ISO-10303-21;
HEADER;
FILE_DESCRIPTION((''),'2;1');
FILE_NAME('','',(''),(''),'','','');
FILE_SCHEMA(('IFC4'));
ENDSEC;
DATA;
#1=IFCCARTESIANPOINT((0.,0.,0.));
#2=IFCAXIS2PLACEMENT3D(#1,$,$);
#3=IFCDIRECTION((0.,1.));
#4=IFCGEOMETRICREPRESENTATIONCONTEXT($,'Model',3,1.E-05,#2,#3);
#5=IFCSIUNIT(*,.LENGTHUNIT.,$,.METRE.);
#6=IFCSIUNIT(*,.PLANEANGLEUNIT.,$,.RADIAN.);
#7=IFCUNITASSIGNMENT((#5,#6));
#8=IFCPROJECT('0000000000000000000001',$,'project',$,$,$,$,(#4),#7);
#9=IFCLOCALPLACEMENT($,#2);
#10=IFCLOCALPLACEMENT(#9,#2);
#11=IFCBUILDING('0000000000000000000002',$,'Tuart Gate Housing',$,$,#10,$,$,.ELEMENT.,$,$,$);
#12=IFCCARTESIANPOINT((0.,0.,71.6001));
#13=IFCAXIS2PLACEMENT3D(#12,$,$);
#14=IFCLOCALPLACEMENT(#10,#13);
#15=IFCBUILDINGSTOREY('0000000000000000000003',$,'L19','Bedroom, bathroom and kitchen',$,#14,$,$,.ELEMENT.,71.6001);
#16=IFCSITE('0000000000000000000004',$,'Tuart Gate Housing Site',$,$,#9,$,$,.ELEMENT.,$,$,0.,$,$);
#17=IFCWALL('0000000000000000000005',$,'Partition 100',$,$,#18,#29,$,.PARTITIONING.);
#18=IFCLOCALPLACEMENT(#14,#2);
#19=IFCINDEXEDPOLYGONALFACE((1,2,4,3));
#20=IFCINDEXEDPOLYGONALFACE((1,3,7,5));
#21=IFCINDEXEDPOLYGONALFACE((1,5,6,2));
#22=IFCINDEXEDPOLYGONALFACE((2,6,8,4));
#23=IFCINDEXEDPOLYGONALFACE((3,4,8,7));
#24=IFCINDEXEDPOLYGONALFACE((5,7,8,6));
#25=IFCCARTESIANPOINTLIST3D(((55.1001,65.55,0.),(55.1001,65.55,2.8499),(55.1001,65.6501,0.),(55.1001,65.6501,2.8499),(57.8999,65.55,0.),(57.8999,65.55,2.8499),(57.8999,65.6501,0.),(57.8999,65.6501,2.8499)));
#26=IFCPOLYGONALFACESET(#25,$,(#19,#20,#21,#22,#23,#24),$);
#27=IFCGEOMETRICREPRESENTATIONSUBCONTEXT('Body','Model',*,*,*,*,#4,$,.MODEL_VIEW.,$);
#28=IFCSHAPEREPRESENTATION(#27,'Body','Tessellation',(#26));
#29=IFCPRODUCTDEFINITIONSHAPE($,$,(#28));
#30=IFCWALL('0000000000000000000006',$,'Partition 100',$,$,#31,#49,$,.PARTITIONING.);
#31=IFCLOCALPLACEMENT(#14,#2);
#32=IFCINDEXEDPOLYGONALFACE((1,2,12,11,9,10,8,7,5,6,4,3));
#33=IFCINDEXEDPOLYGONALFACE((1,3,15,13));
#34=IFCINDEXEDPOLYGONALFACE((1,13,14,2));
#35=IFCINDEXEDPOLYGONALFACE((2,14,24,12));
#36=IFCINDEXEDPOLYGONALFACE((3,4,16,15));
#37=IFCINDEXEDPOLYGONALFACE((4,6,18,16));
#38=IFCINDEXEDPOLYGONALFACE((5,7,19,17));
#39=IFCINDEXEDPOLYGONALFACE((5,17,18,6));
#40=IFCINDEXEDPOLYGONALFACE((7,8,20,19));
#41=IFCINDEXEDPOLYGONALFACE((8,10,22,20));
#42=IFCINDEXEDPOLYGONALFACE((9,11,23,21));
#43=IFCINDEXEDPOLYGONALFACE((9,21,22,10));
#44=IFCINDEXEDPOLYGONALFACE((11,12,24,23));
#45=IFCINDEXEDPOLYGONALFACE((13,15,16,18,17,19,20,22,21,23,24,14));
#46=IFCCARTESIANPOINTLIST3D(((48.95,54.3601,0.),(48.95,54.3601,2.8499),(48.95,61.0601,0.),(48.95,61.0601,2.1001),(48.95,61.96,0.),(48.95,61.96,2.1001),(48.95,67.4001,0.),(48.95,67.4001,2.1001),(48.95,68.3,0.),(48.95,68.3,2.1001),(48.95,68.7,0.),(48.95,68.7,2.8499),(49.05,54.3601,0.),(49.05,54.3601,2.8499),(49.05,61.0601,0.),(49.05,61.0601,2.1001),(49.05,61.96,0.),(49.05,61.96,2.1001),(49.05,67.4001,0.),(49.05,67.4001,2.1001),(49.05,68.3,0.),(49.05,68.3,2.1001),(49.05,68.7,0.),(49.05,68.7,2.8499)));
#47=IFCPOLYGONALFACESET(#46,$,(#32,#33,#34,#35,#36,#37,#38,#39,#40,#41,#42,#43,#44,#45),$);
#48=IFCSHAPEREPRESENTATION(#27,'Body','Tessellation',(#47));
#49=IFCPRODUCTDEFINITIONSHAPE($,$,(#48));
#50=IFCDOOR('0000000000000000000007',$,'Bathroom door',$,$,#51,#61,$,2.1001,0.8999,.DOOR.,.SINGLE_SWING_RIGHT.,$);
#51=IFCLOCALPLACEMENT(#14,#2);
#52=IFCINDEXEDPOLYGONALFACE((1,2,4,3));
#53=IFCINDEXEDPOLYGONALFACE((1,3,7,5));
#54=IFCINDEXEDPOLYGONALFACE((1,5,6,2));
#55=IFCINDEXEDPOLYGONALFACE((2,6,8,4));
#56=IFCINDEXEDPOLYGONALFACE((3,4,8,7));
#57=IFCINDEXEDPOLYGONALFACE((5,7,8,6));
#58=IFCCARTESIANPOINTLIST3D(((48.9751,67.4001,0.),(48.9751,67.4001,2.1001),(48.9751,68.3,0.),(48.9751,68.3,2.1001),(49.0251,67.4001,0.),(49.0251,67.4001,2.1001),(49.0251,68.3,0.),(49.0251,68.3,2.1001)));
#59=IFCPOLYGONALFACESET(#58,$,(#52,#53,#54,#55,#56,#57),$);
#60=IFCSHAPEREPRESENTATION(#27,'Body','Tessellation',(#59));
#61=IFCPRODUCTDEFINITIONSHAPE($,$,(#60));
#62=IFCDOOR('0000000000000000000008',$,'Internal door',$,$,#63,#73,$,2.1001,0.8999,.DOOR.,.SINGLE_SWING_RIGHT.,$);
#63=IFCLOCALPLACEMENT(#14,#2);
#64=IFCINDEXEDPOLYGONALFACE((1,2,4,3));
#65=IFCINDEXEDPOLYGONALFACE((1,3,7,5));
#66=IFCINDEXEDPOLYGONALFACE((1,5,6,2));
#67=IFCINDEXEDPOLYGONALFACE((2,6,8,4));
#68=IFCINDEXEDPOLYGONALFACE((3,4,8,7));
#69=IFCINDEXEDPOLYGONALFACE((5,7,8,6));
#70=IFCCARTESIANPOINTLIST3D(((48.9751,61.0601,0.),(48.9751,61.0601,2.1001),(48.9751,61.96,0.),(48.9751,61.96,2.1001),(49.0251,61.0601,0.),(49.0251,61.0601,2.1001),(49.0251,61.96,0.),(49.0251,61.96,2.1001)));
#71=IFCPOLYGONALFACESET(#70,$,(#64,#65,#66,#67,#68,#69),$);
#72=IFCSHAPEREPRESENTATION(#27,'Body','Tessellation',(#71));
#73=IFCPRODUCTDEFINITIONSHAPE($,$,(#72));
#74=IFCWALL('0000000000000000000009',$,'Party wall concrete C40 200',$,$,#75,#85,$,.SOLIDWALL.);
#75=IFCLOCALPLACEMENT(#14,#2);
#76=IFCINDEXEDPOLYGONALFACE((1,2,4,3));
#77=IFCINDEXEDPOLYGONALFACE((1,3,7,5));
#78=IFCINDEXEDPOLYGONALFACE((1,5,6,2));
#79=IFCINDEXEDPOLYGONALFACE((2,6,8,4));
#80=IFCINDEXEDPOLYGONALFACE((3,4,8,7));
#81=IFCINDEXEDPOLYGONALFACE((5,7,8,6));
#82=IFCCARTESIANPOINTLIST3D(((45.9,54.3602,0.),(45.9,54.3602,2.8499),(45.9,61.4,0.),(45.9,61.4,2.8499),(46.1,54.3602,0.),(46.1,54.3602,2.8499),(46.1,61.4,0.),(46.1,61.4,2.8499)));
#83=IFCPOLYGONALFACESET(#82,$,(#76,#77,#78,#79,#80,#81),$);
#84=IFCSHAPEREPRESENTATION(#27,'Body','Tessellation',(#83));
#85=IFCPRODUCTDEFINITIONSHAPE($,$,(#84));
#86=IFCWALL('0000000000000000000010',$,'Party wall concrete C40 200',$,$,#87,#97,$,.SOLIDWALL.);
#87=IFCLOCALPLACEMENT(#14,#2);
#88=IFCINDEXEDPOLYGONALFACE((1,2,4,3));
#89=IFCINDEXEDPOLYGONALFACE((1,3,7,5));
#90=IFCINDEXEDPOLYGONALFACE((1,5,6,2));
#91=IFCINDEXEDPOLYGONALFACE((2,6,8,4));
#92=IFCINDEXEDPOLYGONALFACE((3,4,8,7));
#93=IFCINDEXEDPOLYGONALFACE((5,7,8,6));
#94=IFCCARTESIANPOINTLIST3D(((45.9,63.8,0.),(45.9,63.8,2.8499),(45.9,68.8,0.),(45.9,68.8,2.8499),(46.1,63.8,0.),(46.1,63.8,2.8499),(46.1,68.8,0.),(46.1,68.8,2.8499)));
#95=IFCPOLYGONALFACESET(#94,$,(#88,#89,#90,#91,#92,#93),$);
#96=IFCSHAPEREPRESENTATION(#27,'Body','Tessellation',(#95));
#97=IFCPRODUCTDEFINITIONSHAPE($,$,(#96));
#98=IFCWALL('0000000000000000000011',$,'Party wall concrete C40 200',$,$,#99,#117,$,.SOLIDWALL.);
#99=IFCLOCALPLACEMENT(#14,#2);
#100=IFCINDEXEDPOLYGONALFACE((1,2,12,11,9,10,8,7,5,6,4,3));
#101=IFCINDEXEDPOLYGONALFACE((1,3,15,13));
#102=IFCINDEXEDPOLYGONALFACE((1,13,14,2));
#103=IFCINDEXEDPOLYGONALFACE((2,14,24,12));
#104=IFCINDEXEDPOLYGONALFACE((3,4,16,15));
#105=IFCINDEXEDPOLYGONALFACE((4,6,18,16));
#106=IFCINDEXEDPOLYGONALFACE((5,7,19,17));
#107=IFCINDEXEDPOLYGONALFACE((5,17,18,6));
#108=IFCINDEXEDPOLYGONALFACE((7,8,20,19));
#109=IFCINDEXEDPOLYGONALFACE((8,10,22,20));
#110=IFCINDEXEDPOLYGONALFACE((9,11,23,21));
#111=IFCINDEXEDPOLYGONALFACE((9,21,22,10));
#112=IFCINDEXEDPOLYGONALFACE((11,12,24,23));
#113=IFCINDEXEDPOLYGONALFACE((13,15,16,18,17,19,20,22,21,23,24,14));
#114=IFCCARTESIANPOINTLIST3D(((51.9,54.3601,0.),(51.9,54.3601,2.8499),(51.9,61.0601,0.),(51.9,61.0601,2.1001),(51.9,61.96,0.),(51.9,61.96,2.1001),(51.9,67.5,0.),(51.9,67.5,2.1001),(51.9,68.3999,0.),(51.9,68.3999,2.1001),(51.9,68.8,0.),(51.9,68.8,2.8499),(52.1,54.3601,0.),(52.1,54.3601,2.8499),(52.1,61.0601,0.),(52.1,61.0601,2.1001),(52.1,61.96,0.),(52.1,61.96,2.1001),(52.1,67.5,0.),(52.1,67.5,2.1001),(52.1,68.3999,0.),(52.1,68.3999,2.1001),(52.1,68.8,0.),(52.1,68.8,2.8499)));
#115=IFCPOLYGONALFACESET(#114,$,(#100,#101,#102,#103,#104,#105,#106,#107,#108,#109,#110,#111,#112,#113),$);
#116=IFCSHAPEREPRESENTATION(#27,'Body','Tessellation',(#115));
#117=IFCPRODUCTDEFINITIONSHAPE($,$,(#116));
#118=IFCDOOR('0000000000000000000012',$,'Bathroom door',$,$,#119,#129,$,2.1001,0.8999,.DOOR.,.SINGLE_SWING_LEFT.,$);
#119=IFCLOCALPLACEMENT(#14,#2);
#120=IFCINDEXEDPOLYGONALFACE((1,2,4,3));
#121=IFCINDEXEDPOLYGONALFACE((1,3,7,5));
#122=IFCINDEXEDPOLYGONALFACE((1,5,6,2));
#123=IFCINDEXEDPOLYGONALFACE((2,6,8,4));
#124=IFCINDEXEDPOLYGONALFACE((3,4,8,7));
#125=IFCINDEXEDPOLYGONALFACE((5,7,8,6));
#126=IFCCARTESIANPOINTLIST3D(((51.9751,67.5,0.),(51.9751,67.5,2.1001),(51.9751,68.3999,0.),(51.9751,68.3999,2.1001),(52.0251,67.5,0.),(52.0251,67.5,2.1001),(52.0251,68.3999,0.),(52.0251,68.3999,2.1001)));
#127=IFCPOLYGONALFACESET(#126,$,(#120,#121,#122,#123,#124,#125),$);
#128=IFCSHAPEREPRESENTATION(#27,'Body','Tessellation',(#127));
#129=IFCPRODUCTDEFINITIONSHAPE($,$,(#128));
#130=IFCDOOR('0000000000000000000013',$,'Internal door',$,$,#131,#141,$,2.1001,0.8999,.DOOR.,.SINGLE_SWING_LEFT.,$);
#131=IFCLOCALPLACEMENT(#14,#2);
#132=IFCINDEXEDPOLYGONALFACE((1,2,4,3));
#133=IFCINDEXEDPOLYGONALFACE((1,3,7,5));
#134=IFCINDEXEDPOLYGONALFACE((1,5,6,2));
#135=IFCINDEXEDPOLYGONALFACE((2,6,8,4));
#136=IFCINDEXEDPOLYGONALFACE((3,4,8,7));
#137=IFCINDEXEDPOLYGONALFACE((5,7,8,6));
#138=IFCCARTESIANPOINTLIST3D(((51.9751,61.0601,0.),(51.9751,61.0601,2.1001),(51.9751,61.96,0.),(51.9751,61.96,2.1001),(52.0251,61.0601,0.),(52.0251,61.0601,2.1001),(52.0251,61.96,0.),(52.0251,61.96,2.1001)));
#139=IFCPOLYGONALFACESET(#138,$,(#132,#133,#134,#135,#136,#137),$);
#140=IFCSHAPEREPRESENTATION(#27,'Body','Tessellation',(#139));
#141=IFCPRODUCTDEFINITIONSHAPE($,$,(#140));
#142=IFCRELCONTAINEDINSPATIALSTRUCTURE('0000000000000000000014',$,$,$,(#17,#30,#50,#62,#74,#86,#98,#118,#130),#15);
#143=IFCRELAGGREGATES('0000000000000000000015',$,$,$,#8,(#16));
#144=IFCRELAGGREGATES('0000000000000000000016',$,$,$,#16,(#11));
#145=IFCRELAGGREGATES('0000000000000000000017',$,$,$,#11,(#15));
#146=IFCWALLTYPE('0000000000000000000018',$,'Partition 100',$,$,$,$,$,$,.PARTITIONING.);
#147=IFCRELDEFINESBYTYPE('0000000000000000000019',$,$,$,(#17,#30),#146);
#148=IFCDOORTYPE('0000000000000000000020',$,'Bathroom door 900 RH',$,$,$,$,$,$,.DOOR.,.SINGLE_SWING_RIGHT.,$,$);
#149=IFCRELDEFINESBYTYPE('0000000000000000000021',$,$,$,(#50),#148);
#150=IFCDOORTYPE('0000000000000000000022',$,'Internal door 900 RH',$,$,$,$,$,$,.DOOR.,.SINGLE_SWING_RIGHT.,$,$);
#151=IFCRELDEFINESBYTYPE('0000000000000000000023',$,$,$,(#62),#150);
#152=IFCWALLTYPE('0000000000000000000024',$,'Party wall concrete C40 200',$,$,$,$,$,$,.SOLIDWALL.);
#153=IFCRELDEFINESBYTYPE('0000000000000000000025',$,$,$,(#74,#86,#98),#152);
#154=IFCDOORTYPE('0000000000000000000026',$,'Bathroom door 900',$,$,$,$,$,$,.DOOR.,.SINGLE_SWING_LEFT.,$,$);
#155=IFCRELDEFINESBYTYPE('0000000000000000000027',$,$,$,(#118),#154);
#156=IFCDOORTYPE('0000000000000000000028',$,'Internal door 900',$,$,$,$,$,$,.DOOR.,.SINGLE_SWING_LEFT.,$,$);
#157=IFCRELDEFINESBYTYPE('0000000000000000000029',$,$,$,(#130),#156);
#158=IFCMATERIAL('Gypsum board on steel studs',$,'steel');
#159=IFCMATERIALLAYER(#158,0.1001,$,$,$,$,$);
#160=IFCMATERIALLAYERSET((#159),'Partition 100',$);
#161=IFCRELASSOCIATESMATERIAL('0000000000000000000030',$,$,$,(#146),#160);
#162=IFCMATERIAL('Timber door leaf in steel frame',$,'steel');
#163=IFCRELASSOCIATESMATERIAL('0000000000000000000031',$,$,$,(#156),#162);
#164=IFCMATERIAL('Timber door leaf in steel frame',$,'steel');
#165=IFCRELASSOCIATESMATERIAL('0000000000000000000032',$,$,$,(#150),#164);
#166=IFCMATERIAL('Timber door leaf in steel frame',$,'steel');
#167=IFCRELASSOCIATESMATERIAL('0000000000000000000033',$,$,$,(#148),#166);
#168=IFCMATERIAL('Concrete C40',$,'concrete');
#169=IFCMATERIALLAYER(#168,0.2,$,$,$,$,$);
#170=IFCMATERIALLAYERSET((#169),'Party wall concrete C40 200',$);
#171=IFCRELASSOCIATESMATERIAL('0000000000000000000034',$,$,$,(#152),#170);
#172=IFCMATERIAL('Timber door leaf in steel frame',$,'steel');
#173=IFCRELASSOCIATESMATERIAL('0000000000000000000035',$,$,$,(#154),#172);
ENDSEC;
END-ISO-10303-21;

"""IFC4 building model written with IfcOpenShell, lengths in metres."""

from ifc_helpers import new_model, si_unit, direction, frame, frame_2d, origin, place, context, subcontext, project, spatial, rectangle, extrude, material, layer, layer_set, type_object, element, fill, save


model = new_model("IFC4")

# Units and contexts
model_context = context("Model", 3, precision=1e-05, world=origin(), true_north=direction((0.0, 1.0)))
body_context = subcontext(model_context, "Body", "Model", "MODEL_VIEW")
ifc_project = project(units=[si_unit("LENGTHUNIT", "METRE"), si_unit("PLANEANGLEUNIT", "RADIAN")], contexts=[model_context])

# Site, building, storey
site_placement = place(None, origin())
site = spatial("IfcSite", under=ifc_project, at=site_placement, Name="Tuart Gate Housing Site", CompositionType="ELEMENT", RefElevation=0.0)
building_placement = place(site_placement, origin())
building = spatial("IfcBuilding", under=site, at=building_placement, Name="Tuart Gate Housing", CompositionType="ELEMENT")
storey_placement = place(building_placement, frame((0.0, 0.0, 71.6001)))
storey = spatial("IfcBuildingStorey", under=building, at=storey_placement, Name="L19", Description="Bedroom, bathroom and kitchen", CompositionType="ELEMENT", Elevation=71.6001)

# Shared definitions
ifc_material_1 = material(Name="Gypsum board on steel studs", Category="steel")
ifc_layer_1 = layer(ifc_material_1, 0.1001)
ifc_layer_set_1 = layer_set([ifc_layer_1], Name="Partition 100")
wall_type_1 = type_object("IfcWallType", Name="Partition 100", PredefinedType="PARTITIONING", material=ifc_layer_set_1)
ifc_material_2 = material(Name="Timber door leaf in steel frame", Category="steel")
door_type_1 = type_object("IfcDoorType", Name="Internal door 900", OperationType="SINGLE_SWING_LEFT", PredefinedType="DOOR", material=ifc_material_2)
ifc_material_3 = material(Name="Timber door leaf in steel frame", Category="steel")
door_type_2 = type_object("IfcDoorType", Name="Internal door 900 RH", OperationType="SINGLE_SWING_RIGHT", PredefinedType="DOOR", material=ifc_material_3)

# Wall
wall_1_placement = place(storey_placement, frame((55.1001, 65.6001, 0.0), z_axis=(0.0, 0.0, 1.0), x_axis=(1.0, 0.0, 0.0)))
element("IfcWall", 1, at=wall_1_placement, inside=storey, type_object=wall_type_1, Name="Partition 100", PredefinedType="PARTITIONING", context=body_context, shape_type="SweptSolid", body=[
    extrude(rectangle(XDim=2.7998, YDim=0.1001, at=frame_2d((1.3999, 0.0))), origin(), (0.0, 0.0, 1.0), 2.8499),
])

# Wall, openings, doors
wall_2_placement = place(storey_placement, frame((49.0, 54.3601, 0.0), z_axis=(0.0, 0.0, 1.0), x_axis=(0.0, 1.0, 0.0)))
wall_2 = element("IfcWall", 2, at=wall_2_placement, inside=storey, type_object=wall_type_1, Name="Partition 100", PredefinedType="PARTITIONING", context=body_context, shape_type="SweptSolid", body=[
    extrude(rectangle(XDim=14.3398, YDim=0.1001, at=frame_2d((7.1699, 0.0))), origin(), (0.0, 0.0, 1.0), 2.8499),
])
opening_1_placement = place(wall_2_placement, frame((6.7, 0.0, 0.0)))
opening_1 = element("IfcOpeningElement", 3, at=opening_1_placement, cuts=wall_2, PredefinedType="OPENING", context=body_context, shape_type="SweptSolid", body=[
    extrude(rectangle(XDim=0.8999, YDim=2.1001, at=frame_2d((0.45, 1.05))), frame((0.0, 0.0601, 0.0), z_axis=(0.0, -1.0, 0.0), x_axis=(1.0, 0.0, 0.0)), (0.0, 0.0, 1.0), 0.1201),
])
opening_2_placement = place(wall_2_placement, frame((13.04, 0.0, 0.0)))
opening_2 = element("IfcOpeningElement", 4, at=opening_2_placement, cuts=wall_2, PredefinedType="OPENING", context=body_context, shape_type="SweptSolid", body=[
    extrude(rectangle(XDim=0.8999, YDim=2.1001, at=frame_2d((0.45, 1.05))), frame((0.0, 0.0601, 0.0), z_axis=(0.0, -1.0, 0.0), x_axis=(1.0, 0.0, 0.0)), (0.0, 0.0, 1.0), 0.1201),
])
ifc_material_4 = material(Name="Timber door leaf in steel frame", Category="steel")
door_type_3 = type_object("IfcDoorType", Name="Bathroom door 900 RH", OperationType="SINGLE_SWING_RIGHT", PredefinedType="DOOR", material=ifc_material_4)
door_1_placement = place(opening_2_placement, origin())
door_1 = element("IfcDoor", 5, at=door_1_placement, inside=storey, type_object=door_type_3, Name="Bathroom door", OperationType="SINGLE_SWING_RIGHT", OverallHeight=2.1001, OverallWidth=0.8999, PredefinedType="DOOR", context=body_context, shape_type="SweptSolid", body=[
    extrude(rectangle(XDim=0.8999, YDim=2.1001, at=frame_2d((0.45, 1.05))), frame((0.0, 0.0249, 0.0), z_axis=(0.0, -1.0, 0.0), x_axis=(1.0, 0.0, 0.0)), (0.0, 0.0, 1.0), 0.05),
])
fill(opening_2, door_1)
door_2_placement = place(opening_1_placement, origin())
door_2 = element("IfcDoor", 6, at=door_2_placement, inside=storey, type_object=door_type_2, Name="Internal door", OperationType="SINGLE_SWING_RIGHT", OverallHeight=2.1001, OverallWidth=0.8999, PredefinedType="DOOR", context=body_context, shape_type="SweptSolid", body=[
    extrude(rectangle(XDim=0.8999, YDim=2.1001, at=frame_2d((0.45, 1.05))), frame((0.0, 0.0249, 0.0), z_axis=(0.0, -1.0, 0.0), x_axis=(1.0, 0.0, 0.0)), (0.0, 0.0, 1.0), 0.05),
])
fill(opening_1, door_2)

# Walls
ifc_material_5 = material(Name="Concrete C40", Category="concrete")
ifc_layer_2 = layer(ifc_material_5, 0.2)
ifc_layer_set_2 = layer_set([ifc_layer_2], Name="Party wall concrete C40 200")
wall_type_2 = type_object("IfcWallType", Name="Party wall concrete C40 200", PredefinedType="SOLIDWALL", material=ifc_layer_set_2)
wall_3_placement = place(storey_placement, frame((46.0, 54.3601, 0.0), z_axis=(0.0, 0.0, 1.0), x_axis=(0.0, 1.0, 0.0)))
element("IfcWall", 7, at=wall_3_placement, inside=storey, type_object=wall_type_2, Name="Party wall concrete C40 200", PredefinedType="SOLIDWALL", context=body_context, shape_type="SweptSolid", body=[
    extrude(rectangle(XDim=7.0398, YDim=0.2, at=frame_2d((3.52, 0.0))), origin(), (0.0, 0.0, 1.0), 2.8499),
])
wall_4_placement = place(storey_placement, frame((46.0, 63.8, 0.0), z_axis=(0.0, 0.0, 1.0), x_axis=(0.0, 1.0, 0.0)))
element("IfcWall", 8, at=wall_4_placement, inside=storey, type_object=wall_type_2, Name="Party wall concrete C40 200", PredefinedType="SOLIDWALL", context=body_context, shape_type="SweptSolid", body=[
    extrude(rectangle(XDim=5.0, YDim=0.2, at=frame_2d((2.5, 0.0))), origin(), (0.0, 0.0, 1.0), 2.8499),
])

# Wall, openings, doors
wall_5_placement = place(storey_placement, frame((52.0, 54.3601, 0.0), z_axis=(0.0, 0.0, 1.0), x_axis=(0.0, 1.0, 0.0)))
wall_5 = element("IfcWall", 9, at=wall_5_placement, inside=storey, type_object=wall_type_2, Name="Party wall concrete C40 200", PredefinedType="SOLIDWALL", context=body_context, shape_type="SweptSolid", body=[
    extrude(rectangle(XDim=14.4399, YDim=0.2, at=frame_2d((7.22, 0.0))), origin(), (0.0, 0.0, 1.0), 2.8499),
])
opening_3_placement = place(wall_5_placement, frame((6.7, 0.0, 0.0)))
opening_3 = element("IfcOpeningElement", 10, at=opening_3_placement, cuts=wall_5, PredefinedType="OPENING", context=body_context, shape_type="SweptSolid", body=[
    extrude(rectangle(XDim=0.8999, YDim=2.1001, at=frame_2d((0.45, 1.05))), frame((0.0, 0.1099, 0.0), z_axis=(0.0, -1.0, 0.0), x_axis=(1.0, 0.0, 0.0)), (0.0, 0.0, 1.0), 0.22),
])
opening_4_placement = place(wall_5_placement, frame((13.1399, 0.0, 0.0)))
opening_4 = element("IfcOpeningElement", 11, at=opening_4_placement, cuts=wall_5, PredefinedType="OPENING", context=body_context, shape_type="SweptSolid", body=[
    extrude(rectangle(XDim=0.8999, YDim=2.1001, at=frame_2d((0.45, 1.05))), frame((0.0, 0.1099, 0.0), z_axis=(0.0, -1.0, 0.0), x_axis=(1.0, 0.0, 0.0)), (0.0, 0.0, 1.0), 0.22),
])
ifc_material_6 = material(Name="Timber door leaf in steel frame", Category="steel")
door_type_4 = type_object("IfcDoorType", Name="Bathroom door 900", OperationType="SINGLE_SWING_LEFT", PredefinedType="DOOR", material=ifc_material_6)
door_3_placement = place(opening_4_placement, frame((0.8999, 0.0, 0.0), z_axis=(0.0, 0.0, 1.0), x_axis=(-1.0, 0.0, 0.0)))
door_3 = element("IfcDoor", 12, at=door_3_placement, inside=storey, type_object=door_type_4, Name="Bathroom door", OperationType="SINGLE_SWING_LEFT", OverallHeight=2.1001, OverallWidth=0.8999, PredefinedType="DOOR", context=body_context, shape_type="SweptSolid", body=[
    extrude(rectangle(XDim=0.8999, YDim=2.1001, at=frame_2d((0.45, 1.05))), frame((0.0, 0.0251, 0.0), z_axis=(0.0, -1.0, 0.0), x_axis=(1.0, 0.0, 0.0)), (0.0, 0.0, 1.0), 0.05),
])
fill(opening_4, door_3)
door_4_placement = place(opening_3_placement, frame((0.8999, 0.0, 0.0), z_axis=(0.0, 0.0, 1.0), x_axis=(-1.0, 0.0, 0.0)))
door_4 = element("IfcDoor", 13, at=door_4_placement, inside=storey, type_object=door_type_1, Name="Internal door", OperationType="SINGLE_SWING_LEFT", OverallHeight=2.1001, OverallWidth=0.8999, PredefinedType="DOOR", context=body_context, shape_type="SweptSolid", body=[
    extrude(rectangle(XDim=0.8999, YDim=2.1001, at=frame_2d((0.45, 1.05))), frame((0.0, 0.0251, 0.0), z_axis=(0.0, -1.0, 0.0), x_axis=(1.0, 0.0, 0.0)), (0.0, 0.0, 1.0), 0.05),
])
fill(opening_3, door_4)

save(model, "model.ifc")
